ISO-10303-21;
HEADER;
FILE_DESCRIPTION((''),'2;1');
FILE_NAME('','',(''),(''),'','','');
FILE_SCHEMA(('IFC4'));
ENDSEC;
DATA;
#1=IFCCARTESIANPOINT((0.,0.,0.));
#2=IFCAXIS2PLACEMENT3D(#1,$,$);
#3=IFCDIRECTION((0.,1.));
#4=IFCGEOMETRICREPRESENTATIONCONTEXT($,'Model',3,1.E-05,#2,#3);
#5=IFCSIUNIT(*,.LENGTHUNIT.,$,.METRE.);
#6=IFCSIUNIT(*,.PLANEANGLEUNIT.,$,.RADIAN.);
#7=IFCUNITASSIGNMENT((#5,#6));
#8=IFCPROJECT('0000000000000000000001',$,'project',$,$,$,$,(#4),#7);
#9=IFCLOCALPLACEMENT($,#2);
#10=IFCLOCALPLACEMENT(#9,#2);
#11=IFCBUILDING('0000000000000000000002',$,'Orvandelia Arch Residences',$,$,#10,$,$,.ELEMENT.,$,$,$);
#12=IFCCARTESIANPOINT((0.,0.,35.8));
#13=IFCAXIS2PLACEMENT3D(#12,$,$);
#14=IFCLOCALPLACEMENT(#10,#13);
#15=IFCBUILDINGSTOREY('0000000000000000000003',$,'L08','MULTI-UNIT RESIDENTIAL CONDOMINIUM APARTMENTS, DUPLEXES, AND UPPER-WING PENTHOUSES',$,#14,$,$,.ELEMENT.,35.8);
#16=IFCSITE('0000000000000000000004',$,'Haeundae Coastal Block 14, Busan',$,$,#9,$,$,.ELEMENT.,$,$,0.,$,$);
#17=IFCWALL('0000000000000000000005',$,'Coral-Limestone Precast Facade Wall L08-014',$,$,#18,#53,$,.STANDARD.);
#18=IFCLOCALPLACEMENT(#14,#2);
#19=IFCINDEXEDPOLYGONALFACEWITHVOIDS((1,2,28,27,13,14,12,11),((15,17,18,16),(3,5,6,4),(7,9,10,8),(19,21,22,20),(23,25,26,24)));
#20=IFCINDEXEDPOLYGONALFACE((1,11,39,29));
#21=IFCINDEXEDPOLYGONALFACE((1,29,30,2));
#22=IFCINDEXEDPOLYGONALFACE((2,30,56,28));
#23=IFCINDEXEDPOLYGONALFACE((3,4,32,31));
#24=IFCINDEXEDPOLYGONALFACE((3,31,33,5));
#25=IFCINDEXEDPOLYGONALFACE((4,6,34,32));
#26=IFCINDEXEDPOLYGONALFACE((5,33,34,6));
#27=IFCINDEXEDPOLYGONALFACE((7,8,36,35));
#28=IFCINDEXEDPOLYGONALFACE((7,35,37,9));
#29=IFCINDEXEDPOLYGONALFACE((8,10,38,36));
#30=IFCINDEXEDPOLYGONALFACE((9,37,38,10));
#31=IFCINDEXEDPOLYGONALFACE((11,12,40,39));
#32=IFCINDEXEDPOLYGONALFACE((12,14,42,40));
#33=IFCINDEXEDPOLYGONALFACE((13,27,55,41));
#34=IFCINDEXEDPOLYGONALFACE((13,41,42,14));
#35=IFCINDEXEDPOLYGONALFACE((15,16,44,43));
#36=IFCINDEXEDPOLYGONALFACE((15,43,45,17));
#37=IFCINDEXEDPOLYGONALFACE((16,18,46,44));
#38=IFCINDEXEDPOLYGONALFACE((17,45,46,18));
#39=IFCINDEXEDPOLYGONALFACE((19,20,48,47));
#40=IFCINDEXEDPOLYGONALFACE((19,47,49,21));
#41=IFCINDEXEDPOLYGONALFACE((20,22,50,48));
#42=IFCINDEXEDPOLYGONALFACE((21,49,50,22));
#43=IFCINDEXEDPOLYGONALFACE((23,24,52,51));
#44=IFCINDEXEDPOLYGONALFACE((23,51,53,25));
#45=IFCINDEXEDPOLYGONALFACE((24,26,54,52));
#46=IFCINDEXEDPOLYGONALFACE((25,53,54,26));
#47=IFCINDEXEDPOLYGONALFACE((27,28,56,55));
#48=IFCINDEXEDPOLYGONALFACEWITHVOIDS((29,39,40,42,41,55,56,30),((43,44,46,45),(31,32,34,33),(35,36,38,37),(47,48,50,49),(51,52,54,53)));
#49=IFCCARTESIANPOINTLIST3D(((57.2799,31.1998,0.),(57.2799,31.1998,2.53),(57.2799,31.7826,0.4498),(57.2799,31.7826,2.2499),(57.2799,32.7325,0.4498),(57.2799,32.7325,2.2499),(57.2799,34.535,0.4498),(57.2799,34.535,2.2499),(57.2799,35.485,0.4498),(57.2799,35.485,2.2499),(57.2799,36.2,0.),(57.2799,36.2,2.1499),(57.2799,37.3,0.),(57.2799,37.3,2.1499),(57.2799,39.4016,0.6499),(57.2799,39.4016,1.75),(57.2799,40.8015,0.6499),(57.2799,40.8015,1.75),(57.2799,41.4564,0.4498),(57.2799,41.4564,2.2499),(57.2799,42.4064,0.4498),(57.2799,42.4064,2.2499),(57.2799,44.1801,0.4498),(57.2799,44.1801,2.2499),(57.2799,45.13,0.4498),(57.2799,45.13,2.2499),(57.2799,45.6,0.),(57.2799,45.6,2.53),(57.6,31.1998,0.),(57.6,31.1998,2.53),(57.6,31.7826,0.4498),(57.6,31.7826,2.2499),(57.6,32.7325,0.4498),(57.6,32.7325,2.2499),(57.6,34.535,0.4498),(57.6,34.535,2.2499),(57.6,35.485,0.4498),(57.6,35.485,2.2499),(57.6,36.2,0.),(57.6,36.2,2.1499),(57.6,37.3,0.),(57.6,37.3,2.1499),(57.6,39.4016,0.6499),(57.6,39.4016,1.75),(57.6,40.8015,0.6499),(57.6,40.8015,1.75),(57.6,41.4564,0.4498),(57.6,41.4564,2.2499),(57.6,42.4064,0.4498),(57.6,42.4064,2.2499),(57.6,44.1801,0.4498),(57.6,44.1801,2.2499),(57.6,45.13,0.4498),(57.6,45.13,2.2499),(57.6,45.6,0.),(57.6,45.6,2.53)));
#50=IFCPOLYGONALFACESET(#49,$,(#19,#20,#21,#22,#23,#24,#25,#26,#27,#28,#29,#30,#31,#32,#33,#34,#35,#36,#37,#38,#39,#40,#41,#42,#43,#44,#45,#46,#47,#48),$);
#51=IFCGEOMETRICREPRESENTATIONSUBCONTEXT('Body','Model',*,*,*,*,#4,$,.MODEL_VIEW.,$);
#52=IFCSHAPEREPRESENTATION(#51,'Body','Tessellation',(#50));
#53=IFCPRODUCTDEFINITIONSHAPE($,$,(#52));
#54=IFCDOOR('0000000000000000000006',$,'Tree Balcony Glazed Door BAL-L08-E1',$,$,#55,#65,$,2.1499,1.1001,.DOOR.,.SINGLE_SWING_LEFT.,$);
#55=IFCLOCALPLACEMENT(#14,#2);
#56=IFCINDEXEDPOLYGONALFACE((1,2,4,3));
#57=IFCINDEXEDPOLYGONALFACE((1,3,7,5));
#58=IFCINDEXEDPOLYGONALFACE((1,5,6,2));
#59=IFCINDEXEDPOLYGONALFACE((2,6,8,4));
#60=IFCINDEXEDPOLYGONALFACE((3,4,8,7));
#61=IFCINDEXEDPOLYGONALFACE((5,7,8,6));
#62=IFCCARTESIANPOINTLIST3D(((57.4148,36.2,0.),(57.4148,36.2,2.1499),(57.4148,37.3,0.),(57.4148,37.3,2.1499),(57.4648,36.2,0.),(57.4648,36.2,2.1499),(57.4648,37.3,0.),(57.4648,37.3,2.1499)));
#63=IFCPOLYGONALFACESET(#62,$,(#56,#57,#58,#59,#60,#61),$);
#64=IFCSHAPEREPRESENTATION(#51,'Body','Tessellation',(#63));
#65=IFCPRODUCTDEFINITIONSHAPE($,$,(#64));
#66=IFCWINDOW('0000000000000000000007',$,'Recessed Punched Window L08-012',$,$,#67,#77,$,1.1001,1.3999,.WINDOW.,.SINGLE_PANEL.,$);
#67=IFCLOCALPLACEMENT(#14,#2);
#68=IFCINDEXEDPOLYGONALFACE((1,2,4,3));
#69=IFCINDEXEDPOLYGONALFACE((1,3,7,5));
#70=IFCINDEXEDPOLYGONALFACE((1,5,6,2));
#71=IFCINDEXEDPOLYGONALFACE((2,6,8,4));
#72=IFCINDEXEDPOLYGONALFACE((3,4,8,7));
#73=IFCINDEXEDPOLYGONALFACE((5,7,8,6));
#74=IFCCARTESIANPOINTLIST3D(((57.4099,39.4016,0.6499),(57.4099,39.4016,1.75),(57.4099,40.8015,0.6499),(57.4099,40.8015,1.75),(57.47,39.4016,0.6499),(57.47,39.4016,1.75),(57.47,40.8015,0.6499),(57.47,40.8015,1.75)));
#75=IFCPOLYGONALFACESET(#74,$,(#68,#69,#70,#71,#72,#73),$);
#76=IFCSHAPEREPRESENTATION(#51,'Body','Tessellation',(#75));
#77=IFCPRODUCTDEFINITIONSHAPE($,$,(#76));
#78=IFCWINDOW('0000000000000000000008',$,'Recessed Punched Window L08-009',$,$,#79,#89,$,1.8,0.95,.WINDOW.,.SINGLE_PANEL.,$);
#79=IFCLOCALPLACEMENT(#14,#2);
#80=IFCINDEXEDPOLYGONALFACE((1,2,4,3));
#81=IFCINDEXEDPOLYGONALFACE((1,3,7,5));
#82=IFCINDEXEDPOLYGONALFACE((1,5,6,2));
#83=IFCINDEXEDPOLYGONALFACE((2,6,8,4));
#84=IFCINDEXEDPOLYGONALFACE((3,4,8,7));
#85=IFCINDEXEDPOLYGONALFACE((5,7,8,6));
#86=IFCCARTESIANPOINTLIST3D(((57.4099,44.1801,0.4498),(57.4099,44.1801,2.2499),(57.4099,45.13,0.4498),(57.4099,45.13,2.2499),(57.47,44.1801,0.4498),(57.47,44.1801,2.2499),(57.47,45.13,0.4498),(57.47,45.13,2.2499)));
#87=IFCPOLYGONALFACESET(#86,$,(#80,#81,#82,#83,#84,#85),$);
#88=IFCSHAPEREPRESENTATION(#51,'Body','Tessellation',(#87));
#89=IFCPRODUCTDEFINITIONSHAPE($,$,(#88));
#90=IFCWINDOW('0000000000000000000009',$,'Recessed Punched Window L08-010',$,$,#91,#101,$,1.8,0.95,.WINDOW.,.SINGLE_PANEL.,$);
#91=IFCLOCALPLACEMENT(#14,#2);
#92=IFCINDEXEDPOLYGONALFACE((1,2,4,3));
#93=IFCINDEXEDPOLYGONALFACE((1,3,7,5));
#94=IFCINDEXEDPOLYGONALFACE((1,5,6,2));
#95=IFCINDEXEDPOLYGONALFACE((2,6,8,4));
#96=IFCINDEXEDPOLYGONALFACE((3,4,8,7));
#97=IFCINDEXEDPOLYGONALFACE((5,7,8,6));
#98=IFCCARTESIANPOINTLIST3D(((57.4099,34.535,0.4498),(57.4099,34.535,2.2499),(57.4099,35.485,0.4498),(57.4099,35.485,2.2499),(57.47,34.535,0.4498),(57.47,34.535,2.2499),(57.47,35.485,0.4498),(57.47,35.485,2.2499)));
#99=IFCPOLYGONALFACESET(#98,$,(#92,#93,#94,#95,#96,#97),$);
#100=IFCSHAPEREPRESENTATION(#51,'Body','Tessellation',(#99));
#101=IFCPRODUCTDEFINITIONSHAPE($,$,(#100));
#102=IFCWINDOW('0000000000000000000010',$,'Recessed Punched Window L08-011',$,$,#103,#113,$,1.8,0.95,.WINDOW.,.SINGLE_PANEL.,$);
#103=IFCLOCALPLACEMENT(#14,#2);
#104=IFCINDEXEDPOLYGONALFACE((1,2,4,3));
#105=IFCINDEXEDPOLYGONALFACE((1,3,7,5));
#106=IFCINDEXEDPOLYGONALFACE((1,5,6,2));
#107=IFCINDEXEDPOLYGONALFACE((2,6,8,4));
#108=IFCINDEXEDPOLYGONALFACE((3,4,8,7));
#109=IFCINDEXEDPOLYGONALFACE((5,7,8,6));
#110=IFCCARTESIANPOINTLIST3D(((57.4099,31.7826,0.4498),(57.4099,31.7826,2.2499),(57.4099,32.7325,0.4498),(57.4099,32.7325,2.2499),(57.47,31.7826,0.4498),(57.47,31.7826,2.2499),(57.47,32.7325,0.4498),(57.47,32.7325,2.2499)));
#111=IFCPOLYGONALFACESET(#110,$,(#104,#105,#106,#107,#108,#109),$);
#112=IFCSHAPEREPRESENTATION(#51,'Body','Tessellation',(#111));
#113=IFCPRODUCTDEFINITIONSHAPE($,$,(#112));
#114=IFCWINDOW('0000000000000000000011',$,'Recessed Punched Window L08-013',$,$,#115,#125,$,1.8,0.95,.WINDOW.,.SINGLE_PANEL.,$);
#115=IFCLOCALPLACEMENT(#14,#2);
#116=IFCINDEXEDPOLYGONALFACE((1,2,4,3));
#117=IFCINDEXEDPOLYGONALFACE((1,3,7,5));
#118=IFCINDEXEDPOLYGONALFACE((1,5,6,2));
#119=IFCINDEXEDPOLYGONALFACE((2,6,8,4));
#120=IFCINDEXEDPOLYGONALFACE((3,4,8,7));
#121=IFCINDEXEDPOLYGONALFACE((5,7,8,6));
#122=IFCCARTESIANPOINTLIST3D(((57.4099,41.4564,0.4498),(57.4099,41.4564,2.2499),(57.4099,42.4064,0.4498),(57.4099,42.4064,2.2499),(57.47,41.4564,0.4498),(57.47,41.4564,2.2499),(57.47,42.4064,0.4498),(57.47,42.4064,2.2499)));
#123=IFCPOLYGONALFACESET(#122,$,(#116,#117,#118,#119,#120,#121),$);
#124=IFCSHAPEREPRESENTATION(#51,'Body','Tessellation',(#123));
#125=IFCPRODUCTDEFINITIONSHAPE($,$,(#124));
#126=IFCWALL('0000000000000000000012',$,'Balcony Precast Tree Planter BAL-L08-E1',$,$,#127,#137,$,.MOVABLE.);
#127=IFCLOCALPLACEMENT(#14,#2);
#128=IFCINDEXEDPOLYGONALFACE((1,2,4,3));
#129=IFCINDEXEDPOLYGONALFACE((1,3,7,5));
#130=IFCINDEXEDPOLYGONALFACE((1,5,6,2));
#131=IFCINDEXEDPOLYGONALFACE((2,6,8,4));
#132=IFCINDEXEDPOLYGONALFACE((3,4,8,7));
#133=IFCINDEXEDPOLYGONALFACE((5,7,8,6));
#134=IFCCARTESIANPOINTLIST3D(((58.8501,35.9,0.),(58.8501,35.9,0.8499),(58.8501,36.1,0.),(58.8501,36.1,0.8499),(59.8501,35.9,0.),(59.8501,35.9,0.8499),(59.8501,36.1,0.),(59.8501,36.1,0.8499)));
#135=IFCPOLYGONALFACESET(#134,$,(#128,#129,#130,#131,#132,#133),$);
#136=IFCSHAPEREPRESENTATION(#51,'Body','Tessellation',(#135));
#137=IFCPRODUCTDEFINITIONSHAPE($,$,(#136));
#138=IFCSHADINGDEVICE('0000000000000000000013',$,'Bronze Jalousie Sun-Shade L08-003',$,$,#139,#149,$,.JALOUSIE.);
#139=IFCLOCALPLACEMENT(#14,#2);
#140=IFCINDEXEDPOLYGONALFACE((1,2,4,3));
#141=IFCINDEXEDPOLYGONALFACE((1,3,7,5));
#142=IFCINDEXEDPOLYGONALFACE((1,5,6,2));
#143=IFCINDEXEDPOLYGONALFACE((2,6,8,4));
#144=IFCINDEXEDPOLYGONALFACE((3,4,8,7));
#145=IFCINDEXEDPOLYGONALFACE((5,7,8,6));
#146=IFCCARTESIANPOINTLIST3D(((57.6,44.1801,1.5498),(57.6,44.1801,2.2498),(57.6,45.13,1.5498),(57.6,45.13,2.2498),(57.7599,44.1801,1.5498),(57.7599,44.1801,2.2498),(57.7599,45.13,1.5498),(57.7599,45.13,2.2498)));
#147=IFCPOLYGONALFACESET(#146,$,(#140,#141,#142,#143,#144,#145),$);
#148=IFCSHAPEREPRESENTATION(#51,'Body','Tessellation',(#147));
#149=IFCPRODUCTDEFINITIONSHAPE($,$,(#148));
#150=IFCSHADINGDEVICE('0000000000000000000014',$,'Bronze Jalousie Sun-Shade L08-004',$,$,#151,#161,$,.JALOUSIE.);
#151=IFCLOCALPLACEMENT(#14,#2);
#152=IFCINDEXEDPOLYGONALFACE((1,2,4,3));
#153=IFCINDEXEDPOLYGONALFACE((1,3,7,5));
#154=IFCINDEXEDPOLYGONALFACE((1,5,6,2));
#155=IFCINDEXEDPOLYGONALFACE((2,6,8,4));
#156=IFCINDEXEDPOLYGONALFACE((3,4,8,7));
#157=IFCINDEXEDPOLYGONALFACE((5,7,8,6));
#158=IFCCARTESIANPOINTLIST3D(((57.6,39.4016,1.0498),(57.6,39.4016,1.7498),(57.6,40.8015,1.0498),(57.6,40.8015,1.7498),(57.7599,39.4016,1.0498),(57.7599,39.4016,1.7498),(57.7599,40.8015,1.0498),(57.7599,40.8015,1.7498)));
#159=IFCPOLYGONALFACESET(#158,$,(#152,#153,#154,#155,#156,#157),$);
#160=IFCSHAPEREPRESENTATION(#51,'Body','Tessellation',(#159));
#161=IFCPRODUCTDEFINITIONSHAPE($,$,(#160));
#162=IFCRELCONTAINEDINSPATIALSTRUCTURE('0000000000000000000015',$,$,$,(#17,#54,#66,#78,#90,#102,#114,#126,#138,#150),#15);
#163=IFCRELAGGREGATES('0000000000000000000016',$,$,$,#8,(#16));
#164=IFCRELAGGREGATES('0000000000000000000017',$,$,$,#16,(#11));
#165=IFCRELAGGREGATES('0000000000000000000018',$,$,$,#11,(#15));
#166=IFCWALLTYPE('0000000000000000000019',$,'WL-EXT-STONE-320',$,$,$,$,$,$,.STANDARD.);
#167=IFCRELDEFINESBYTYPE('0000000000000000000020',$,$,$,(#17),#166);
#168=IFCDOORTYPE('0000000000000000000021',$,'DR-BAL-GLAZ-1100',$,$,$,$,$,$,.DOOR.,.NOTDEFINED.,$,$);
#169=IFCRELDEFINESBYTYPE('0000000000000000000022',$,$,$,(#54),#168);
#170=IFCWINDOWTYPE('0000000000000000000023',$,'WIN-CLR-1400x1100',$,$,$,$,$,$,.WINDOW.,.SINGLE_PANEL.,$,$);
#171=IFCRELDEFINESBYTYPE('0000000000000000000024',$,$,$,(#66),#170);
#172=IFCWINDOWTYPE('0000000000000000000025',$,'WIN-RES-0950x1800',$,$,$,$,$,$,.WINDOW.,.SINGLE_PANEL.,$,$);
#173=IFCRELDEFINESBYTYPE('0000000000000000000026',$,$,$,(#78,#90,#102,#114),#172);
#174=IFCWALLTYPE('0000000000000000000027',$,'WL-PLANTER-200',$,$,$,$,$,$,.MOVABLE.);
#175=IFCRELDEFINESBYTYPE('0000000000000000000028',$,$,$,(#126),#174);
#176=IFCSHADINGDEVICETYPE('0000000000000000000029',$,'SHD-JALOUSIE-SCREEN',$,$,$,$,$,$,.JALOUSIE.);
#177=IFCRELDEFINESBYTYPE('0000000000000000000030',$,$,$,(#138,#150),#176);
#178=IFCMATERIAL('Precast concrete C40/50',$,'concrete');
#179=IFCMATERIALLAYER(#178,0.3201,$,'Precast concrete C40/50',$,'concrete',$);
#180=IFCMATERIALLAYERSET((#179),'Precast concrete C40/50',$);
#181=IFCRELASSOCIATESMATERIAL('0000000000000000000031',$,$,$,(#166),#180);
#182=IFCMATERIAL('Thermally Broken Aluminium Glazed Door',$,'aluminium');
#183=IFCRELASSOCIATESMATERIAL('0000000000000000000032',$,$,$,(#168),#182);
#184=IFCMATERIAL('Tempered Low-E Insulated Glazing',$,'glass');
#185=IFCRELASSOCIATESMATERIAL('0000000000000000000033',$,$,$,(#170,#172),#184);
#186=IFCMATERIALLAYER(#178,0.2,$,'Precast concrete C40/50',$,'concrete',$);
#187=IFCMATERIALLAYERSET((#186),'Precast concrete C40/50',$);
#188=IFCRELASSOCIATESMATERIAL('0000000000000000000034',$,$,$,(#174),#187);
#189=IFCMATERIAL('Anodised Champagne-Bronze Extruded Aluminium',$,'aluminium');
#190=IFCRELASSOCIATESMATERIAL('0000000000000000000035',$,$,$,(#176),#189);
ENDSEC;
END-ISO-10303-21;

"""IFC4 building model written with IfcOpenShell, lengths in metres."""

from ifc_helpers import new_model, si_unit, direction, frame, frame_2d, origin, origin_2d, place, context, subcontext, project, spatial, rectangle, extrude, material, layer, layer_set, type_object, element, fill, save


model = new_model("IFC4")

# Units and contexts
model_context = context("Model", 3, precision=1e-05, world=origin(), true_north=direction((0.0, 1.0)))
body_context = subcontext(model_context, "Body", "Model", "MODEL_VIEW")
ifc_project = project(units=[si_unit("LENGTHUNIT", "METRE"), si_unit("PLANEANGLEUNIT", "RADIAN")], contexts=[model_context])

# Site, building, storey
site_placement = place(None, origin())
site = spatial("IfcSite", under=ifc_project, at=site_placement, Name="Haeundae Coastal Block 14, Busan", CompositionType="ELEMENT", RefElevation=0.0)
building_placement = place(site_placement, origin())
building = spatial("IfcBuilding", under=site, at=building_placement, Name="Orvandelia Arch Residences", CompositionType="ELEMENT")
storey_placement = place(building_placement, frame((0.0, 0.0, 35.8)))
storey = spatial("IfcBuildingStorey", under=building, at=storey_placement, Name="L08", Description="MULTI-UNIT RESIDENTIAL CONDOMINIUM APARTMENTS, DUPLEXES, AND UPPER-WING PENTHOUSES", CompositionType="ELEMENT", Elevation=35.8)

# Shared definitions
ifc_material_1 = material(Name="Precast concrete C40/50", Category="concrete")
ifc_layer_1 = layer(ifc_material_1, 0.3201, Name="Precast concrete C40/50", Category="concrete")
ifc_layer_set_1 = layer_set([ifc_layer_1], Name="Precast concrete C40/50")
wall_type_1 = type_object("IfcWallType", Name="WL-EXT-STONE-320", PredefinedType="STANDARD", material=ifc_layer_set_1)

# Wall, openings, door, windows
wall_1_placement = place(storey_placement, frame((57.4399, 45.6001, 0.0), z_axis=(0.0, 0.0, 1.0), x_axis=(0.0, -1.0, 0.0)))
wall_1 = element("IfcWall", 1, at=wall_1_placement, inside=storey, type_object=wall_type_1, Name="Coral-Limestone Precast Facade Wall L08-014", PredefinedType="STANDARD", context=body_context, shape_type="SweptSolid", body=[
    extrude(rectangle(XDim=14.4001, YDim=0.3201, at=frame_2d((7.2002, 0.0))), origin(), (0.0, 0.0, 1.0), 2.53),
])
opening_1_placement = place(wall_1_placement, frame((8.3, 0.0, 0.0)))
opening_1 = element("IfcOpeningElement", 2, at=opening_1_placement, cuts=wall_1, PredefinedType="OPENING", context=body_context, shape_type="SweptSolid", body=[
    extrude(rectangle(XDim=1.1001, YDim=2.1499, at=frame_2d((0.55, 1.075))), frame((0.0, 0.1699, 0.0), z_axis=(0.0, -1.0, 0.0), x_axis=(1.0, 0.0, 0.0)), (0.0, 0.0, 1.0), 0.3401),
])
opening_2_placement = place(wall_1_placement, frame((0.47, 0.0, 0.45)))
opening_2 = element("IfcOpeningElement", 3, at=opening_2_placement, cuts=wall_1, PredefinedType="OPENING", context=body_context, shape_type="SweptSolid", body=[
    extrude(rectangle(XDim=0.95, YDim=1.8, at=frame_2d((0.4751, 0.8999))), frame((0.0, 0.1699, 0.0), z_axis=(0.0, -1.0, 0.0), x_axis=(1.0, 0.0, 0.0)), (0.0, 0.0, 1.0), 0.3401),
])
opening_3_placement = place(wall_1_placement, frame((10.115, 0.0, 0.45)))
opening_3 = element("IfcOpeningElement", 4, at=opening_3_placement, cuts=wall_1, PredefinedType="OPENING", context=body_context, shape_type="SweptSolid", body=[
    extrude(rectangle(XDim=0.95, YDim=1.8, at=frame_2d((0.4751, 0.8999))), frame((0.0, 0.1699, 0.0), z_axis=(0.0, -1.0, 0.0), x_axis=(1.0, 0.0, 0.0)), (0.0, 0.0, 1.0), 0.3401),
])
opening_4_placement = place(wall_1_placement, frame((12.8674, 0.0, 0.45)))
opening_4 = element("IfcOpeningElement", 5, at=opening_4_placement, cuts=wall_1, PredefinedType="OPENING", context=body_context, shape_type="SweptSolid", body=[
    extrude(rectangle(XDim=0.95, YDim=1.8, at=frame_2d((0.4751, 0.8999))), frame((0.0, 0.1699, 0.0), z_axis=(0.0, -1.0, 0.0), x_axis=(1.0, 0.0, 0.0)), (0.0, 0.0, 1.0), 0.3401),
])
opening_5_placement = place(wall_1_placement, frame((4.7986, 0.0, 0.6499)))
opening_5 = element("IfcOpeningElement", 6, at=opening_5_placement, cuts=wall_1, PredefinedType="OPENING", context=body_context, shape_type="SweptSolid", body=[
    extrude(rectangle(XDim=1.3999, YDim=1.1001, at=frame_2d((0.7, 0.55))), frame((0.0, 0.1699, 0.0), z_axis=(0.0, -1.0, 0.0), x_axis=(1.0, 0.0, 0.0)), (0.0, 0.0, 1.0), 0.3401),
])
opening_6_placement = place(wall_1_placement, frame((3.1936, 0.0, 0.45)))
opening_6 = element("IfcOpeningElement", 7, at=opening_6_placement, cuts=wall_1, PredefinedType="OPENING", context=body_context, shape_type="SweptSolid", body=[
    extrude(rectangle(XDim=0.95, YDim=1.8, at=frame_2d((0.4751, 0.8999))), frame((0.0, 0.1699, 0.0), z_axis=(0.0, -1.0, 0.0), x_axis=(1.0, 0.0, 0.0)), (0.0, 0.0, 1.0), 0.3401),
])
ifc_material_2 = material(Name="Thermally Broken Aluminium Glazed Door", Category="aluminium")
door_type = type_object("IfcDoorType", Name="DR-BAL-GLAZ-1100", OperationType="NOTDEFINED", PredefinedType="DOOR", material=ifc_material_2)
door_placement = place(opening_1_placement, origin())
door = element("IfcDoor", 8, at=door_placement, inside=storey, type_object=door_type, Name="Tree Balcony Glazed Door BAL-L08-E1", OperationType="SINGLE_SWING_LEFT", OverallHeight=2.1499, OverallWidth=1.1001, PredefinedType="DOOR", context=body_context, shape_type="SweptSolid", body=[
    extrude(rectangle(XDim=1.1001, YDim=2.1499, at=frame_2d((0.55, 1.075))), frame((0.0, 0.0249, 0.0), z_axis=(0.0, -1.0, 0.0), x_axis=(1.0, 0.0, 0.0)), (0.0, 0.0, 1.0), 0.05),
])
fill(opening_1, door)
ifc_material_3 = material(Name="Tempered Low-E Insulated Glazing", Category="glass")
window_type_1 = type_object("IfcWindowType", Name="WIN-CLR-1400x1100", PartitioningType="SINGLE_PANEL", PredefinedType="WINDOW", material=ifc_material_3)
window_1_placement = place(opening_5_placement, origin())
window_1 = element("IfcWindow", 9, at=window_1_placement, inside=storey, type_object=window_type_1, Name="Recessed Punched Window L08-012", OverallHeight=1.1001, OverallWidth=1.3999, PartitioningType="SINGLE_PANEL", PredefinedType="WINDOW", context=body_context, shape_type="SweptSolid", body=[
    extrude(rectangle(XDim=1.3999, YDim=1.1001, at=frame_2d((0.7, 0.55))), frame((0.0, 0.03, 0.0), z_axis=(0.0, -1.0, 0.0), x_axis=(1.0, 0.0, 0.0)), (0.0, 0.0, 1.0), 0.0601),
])
fill(opening_5, window_1)
window_type_2 = type_object("IfcWindowType", Name="WIN-RES-0950x1800", PartitioningType="SINGLE_PANEL", PredefinedType="WINDOW", material=ifc_material_3)
window_2_placement = place(opening_2_placement, origin())
window_2 = element("IfcWindow", 10, at=window_2_placement, inside=storey, type_object=window_type_2, Name="Recessed Punched Window L08-009", OverallHeight=1.8, OverallWidth=0.95, PartitioningType="SINGLE_PANEL", PredefinedType="WINDOW", context=body_context, shape_type="SweptSolid", body=[
    extrude(rectangle(XDim=0.95, YDim=1.8, at=frame_2d((0.4751, 0.8999))), frame((0.0, 0.03, 0.0), z_axis=(0.0, -1.0, 0.0), x_axis=(1.0, 0.0, 0.0)), (0.0, 0.0, 1.0), 0.0601),
])
fill(opening_2, window_2)
window_3_placement = place(opening_3_placement, origin())
window_3 = element("IfcWindow", 11, at=window_3_placement, inside=storey, type_object=window_type_2, Name="Recessed Punched Window L08-010", OverallHeight=1.8, OverallWidth=0.95, PartitioningType="SINGLE_PANEL", PredefinedType="WINDOW", context=body_context, shape_type="SweptSolid", body=[
    extrude(rectangle(XDim=0.95, YDim=1.8, at=frame_2d((0.4751, 0.8999))), frame((0.0, 0.03, 0.0), z_axis=(0.0, -1.0, 0.0), x_axis=(1.0, 0.0, 0.0)), (0.0, 0.0, 1.0), 0.0601),
])
fill(opening_3, window_3)
window_4_placement = place(opening_4_placement, origin())
window_4 = element("IfcWindow", 12, at=window_4_placement, inside=storey, type_object=window_type_2, Name="Recessed Punched Window L08-011", OverallHeight=1.8, OverallWidth=0.95, PartitioningType="SINGLE_PANEL", PredefinedType="WINDOW", context=body_context, shape_type="SweptSolid", body=[
    extrude(rectangle(XDim=0.95, YDim=1.8, at=frame_2d((0.4751, 0.8999))), frame((0.0, 0.03, 0.0), z_axis=(0.0, -1.0, 0.0), x_axis=(1.0, 0.0, 0.0)), (0.0, 0.0, 1.0), 0.0601),
])
fill(opening_4, window_4)
window_5_placement = place(opening_6_placement, origin())
window_5 = element("IfcWindow", 13, at=window_5_placement, inside=storey, type_object=window_type_2, Name="Recessed Punched Window L08-013", OverallHeight=1.8, OverallWidth=0.95, PartitioningType="SINGLE_PANEL", PredefinedType="WINDOW", context=body_context, shape_type="SweptSolid", body=[
    extrude(rectangle(XDim=0.95, YDim=1.8, at=frame_2d((0.4751, 0.8999))), frame((0.0, 0.03, 0.0), z_axis=(0.0, -1.0, 0.0), x_axis=(1.0, 0.0, 0.0)), (0.0, 0.0, 1.0), 0.0601),
])
fill(opening_6, window_5)

# Wall
ifc_layer_2 = layer(ifc_material_1, 0.2, Name="Precast concrete C40/50", Category="concrete")
ifc_layer_set_2 = layer_set([ifc_layer_2], Name="Precast concrete C40/50")
wall_type_2 = type_object("IfcWallType", Name="WL-PLANTER-200", PredefinedType="MOVABLE", material=ifc_layer_set_2)
wall_2_placement = place(storey_placement, frame((58.8501, 36.0, 0.0), z_axis=(0.0, 0.0, 1.0), x_axis=(1.0, 0.0, 0.0)))
element("IfcWall", 14, at=wall_2_placement, inside=storey, type_object=wall_type_2, Name="Balcony Precast Tree Planter BAL-L08-E1", PredefinedType="MOVABLE", context=body_context, shape_type="SweptSolid", body=[
    extrude(rectangle(XDim=1.0, YDim=0.2, at=frame_2d((0.5, 0.0))), origin(), (0.0, 0.0, 1.0), 0.8499),
])

# Shading devices
ifc_material_4 = material(Name="Anodised Champagne-Bronze Extruded Aluminium", Category="aluminium")
shading_device_type_1 = type_object("IfcShadingDeviceType", Name="SHD-JALOUSIE-SCREEN", PredefinedType="JALOUSIE", material=ifc_material_4)
shading_device_1_placement = place(storey_placement, frame((57.6799, 44.655, 1.5498), z_axis=(0.0, 0.0, 1.0), x_axis=(0.0, -1.0, 0.0)))
element("IfcShadingDevice", 15, at=shading_device_1_placement, inside=storey, type_object=shading_device_type_1, Name="Bronze Jalousie Sun-Shade L08-003", PredefinedType="JALOUSIE", context=body_context, shape_type="SweptSolid", body=[
    extrude(rectangle(XDim=0.95, YDim=0.1599, at=origin_2d()), origin(), (0.0, 0.0, 1.0), 0.7),
])
shading_device_2_placement = place(storey_placement, frame((57.6799, 40.1016, 1.0498), z_axis=(0.0, 0.0, 1.0), x_axis=(0.0, -1.0, 0.0)))
element("IfcShadingDevice", 16, at=shading_device_2_placement, inside=storey, type_object=shading_device_type_1, Name="Bronze Jalousie Sun-Shade L08-004", PredefinedType="JALOUSIE", context=body_context, shape_type="SweptSolid", body=[
    extrude(rectangle(XDim=1.3999, YDim=0.1599, at=origin_2d()), origin(), (0.0, 0.0, 1.0), 0.7),
])

save(model, "model.ifc")
